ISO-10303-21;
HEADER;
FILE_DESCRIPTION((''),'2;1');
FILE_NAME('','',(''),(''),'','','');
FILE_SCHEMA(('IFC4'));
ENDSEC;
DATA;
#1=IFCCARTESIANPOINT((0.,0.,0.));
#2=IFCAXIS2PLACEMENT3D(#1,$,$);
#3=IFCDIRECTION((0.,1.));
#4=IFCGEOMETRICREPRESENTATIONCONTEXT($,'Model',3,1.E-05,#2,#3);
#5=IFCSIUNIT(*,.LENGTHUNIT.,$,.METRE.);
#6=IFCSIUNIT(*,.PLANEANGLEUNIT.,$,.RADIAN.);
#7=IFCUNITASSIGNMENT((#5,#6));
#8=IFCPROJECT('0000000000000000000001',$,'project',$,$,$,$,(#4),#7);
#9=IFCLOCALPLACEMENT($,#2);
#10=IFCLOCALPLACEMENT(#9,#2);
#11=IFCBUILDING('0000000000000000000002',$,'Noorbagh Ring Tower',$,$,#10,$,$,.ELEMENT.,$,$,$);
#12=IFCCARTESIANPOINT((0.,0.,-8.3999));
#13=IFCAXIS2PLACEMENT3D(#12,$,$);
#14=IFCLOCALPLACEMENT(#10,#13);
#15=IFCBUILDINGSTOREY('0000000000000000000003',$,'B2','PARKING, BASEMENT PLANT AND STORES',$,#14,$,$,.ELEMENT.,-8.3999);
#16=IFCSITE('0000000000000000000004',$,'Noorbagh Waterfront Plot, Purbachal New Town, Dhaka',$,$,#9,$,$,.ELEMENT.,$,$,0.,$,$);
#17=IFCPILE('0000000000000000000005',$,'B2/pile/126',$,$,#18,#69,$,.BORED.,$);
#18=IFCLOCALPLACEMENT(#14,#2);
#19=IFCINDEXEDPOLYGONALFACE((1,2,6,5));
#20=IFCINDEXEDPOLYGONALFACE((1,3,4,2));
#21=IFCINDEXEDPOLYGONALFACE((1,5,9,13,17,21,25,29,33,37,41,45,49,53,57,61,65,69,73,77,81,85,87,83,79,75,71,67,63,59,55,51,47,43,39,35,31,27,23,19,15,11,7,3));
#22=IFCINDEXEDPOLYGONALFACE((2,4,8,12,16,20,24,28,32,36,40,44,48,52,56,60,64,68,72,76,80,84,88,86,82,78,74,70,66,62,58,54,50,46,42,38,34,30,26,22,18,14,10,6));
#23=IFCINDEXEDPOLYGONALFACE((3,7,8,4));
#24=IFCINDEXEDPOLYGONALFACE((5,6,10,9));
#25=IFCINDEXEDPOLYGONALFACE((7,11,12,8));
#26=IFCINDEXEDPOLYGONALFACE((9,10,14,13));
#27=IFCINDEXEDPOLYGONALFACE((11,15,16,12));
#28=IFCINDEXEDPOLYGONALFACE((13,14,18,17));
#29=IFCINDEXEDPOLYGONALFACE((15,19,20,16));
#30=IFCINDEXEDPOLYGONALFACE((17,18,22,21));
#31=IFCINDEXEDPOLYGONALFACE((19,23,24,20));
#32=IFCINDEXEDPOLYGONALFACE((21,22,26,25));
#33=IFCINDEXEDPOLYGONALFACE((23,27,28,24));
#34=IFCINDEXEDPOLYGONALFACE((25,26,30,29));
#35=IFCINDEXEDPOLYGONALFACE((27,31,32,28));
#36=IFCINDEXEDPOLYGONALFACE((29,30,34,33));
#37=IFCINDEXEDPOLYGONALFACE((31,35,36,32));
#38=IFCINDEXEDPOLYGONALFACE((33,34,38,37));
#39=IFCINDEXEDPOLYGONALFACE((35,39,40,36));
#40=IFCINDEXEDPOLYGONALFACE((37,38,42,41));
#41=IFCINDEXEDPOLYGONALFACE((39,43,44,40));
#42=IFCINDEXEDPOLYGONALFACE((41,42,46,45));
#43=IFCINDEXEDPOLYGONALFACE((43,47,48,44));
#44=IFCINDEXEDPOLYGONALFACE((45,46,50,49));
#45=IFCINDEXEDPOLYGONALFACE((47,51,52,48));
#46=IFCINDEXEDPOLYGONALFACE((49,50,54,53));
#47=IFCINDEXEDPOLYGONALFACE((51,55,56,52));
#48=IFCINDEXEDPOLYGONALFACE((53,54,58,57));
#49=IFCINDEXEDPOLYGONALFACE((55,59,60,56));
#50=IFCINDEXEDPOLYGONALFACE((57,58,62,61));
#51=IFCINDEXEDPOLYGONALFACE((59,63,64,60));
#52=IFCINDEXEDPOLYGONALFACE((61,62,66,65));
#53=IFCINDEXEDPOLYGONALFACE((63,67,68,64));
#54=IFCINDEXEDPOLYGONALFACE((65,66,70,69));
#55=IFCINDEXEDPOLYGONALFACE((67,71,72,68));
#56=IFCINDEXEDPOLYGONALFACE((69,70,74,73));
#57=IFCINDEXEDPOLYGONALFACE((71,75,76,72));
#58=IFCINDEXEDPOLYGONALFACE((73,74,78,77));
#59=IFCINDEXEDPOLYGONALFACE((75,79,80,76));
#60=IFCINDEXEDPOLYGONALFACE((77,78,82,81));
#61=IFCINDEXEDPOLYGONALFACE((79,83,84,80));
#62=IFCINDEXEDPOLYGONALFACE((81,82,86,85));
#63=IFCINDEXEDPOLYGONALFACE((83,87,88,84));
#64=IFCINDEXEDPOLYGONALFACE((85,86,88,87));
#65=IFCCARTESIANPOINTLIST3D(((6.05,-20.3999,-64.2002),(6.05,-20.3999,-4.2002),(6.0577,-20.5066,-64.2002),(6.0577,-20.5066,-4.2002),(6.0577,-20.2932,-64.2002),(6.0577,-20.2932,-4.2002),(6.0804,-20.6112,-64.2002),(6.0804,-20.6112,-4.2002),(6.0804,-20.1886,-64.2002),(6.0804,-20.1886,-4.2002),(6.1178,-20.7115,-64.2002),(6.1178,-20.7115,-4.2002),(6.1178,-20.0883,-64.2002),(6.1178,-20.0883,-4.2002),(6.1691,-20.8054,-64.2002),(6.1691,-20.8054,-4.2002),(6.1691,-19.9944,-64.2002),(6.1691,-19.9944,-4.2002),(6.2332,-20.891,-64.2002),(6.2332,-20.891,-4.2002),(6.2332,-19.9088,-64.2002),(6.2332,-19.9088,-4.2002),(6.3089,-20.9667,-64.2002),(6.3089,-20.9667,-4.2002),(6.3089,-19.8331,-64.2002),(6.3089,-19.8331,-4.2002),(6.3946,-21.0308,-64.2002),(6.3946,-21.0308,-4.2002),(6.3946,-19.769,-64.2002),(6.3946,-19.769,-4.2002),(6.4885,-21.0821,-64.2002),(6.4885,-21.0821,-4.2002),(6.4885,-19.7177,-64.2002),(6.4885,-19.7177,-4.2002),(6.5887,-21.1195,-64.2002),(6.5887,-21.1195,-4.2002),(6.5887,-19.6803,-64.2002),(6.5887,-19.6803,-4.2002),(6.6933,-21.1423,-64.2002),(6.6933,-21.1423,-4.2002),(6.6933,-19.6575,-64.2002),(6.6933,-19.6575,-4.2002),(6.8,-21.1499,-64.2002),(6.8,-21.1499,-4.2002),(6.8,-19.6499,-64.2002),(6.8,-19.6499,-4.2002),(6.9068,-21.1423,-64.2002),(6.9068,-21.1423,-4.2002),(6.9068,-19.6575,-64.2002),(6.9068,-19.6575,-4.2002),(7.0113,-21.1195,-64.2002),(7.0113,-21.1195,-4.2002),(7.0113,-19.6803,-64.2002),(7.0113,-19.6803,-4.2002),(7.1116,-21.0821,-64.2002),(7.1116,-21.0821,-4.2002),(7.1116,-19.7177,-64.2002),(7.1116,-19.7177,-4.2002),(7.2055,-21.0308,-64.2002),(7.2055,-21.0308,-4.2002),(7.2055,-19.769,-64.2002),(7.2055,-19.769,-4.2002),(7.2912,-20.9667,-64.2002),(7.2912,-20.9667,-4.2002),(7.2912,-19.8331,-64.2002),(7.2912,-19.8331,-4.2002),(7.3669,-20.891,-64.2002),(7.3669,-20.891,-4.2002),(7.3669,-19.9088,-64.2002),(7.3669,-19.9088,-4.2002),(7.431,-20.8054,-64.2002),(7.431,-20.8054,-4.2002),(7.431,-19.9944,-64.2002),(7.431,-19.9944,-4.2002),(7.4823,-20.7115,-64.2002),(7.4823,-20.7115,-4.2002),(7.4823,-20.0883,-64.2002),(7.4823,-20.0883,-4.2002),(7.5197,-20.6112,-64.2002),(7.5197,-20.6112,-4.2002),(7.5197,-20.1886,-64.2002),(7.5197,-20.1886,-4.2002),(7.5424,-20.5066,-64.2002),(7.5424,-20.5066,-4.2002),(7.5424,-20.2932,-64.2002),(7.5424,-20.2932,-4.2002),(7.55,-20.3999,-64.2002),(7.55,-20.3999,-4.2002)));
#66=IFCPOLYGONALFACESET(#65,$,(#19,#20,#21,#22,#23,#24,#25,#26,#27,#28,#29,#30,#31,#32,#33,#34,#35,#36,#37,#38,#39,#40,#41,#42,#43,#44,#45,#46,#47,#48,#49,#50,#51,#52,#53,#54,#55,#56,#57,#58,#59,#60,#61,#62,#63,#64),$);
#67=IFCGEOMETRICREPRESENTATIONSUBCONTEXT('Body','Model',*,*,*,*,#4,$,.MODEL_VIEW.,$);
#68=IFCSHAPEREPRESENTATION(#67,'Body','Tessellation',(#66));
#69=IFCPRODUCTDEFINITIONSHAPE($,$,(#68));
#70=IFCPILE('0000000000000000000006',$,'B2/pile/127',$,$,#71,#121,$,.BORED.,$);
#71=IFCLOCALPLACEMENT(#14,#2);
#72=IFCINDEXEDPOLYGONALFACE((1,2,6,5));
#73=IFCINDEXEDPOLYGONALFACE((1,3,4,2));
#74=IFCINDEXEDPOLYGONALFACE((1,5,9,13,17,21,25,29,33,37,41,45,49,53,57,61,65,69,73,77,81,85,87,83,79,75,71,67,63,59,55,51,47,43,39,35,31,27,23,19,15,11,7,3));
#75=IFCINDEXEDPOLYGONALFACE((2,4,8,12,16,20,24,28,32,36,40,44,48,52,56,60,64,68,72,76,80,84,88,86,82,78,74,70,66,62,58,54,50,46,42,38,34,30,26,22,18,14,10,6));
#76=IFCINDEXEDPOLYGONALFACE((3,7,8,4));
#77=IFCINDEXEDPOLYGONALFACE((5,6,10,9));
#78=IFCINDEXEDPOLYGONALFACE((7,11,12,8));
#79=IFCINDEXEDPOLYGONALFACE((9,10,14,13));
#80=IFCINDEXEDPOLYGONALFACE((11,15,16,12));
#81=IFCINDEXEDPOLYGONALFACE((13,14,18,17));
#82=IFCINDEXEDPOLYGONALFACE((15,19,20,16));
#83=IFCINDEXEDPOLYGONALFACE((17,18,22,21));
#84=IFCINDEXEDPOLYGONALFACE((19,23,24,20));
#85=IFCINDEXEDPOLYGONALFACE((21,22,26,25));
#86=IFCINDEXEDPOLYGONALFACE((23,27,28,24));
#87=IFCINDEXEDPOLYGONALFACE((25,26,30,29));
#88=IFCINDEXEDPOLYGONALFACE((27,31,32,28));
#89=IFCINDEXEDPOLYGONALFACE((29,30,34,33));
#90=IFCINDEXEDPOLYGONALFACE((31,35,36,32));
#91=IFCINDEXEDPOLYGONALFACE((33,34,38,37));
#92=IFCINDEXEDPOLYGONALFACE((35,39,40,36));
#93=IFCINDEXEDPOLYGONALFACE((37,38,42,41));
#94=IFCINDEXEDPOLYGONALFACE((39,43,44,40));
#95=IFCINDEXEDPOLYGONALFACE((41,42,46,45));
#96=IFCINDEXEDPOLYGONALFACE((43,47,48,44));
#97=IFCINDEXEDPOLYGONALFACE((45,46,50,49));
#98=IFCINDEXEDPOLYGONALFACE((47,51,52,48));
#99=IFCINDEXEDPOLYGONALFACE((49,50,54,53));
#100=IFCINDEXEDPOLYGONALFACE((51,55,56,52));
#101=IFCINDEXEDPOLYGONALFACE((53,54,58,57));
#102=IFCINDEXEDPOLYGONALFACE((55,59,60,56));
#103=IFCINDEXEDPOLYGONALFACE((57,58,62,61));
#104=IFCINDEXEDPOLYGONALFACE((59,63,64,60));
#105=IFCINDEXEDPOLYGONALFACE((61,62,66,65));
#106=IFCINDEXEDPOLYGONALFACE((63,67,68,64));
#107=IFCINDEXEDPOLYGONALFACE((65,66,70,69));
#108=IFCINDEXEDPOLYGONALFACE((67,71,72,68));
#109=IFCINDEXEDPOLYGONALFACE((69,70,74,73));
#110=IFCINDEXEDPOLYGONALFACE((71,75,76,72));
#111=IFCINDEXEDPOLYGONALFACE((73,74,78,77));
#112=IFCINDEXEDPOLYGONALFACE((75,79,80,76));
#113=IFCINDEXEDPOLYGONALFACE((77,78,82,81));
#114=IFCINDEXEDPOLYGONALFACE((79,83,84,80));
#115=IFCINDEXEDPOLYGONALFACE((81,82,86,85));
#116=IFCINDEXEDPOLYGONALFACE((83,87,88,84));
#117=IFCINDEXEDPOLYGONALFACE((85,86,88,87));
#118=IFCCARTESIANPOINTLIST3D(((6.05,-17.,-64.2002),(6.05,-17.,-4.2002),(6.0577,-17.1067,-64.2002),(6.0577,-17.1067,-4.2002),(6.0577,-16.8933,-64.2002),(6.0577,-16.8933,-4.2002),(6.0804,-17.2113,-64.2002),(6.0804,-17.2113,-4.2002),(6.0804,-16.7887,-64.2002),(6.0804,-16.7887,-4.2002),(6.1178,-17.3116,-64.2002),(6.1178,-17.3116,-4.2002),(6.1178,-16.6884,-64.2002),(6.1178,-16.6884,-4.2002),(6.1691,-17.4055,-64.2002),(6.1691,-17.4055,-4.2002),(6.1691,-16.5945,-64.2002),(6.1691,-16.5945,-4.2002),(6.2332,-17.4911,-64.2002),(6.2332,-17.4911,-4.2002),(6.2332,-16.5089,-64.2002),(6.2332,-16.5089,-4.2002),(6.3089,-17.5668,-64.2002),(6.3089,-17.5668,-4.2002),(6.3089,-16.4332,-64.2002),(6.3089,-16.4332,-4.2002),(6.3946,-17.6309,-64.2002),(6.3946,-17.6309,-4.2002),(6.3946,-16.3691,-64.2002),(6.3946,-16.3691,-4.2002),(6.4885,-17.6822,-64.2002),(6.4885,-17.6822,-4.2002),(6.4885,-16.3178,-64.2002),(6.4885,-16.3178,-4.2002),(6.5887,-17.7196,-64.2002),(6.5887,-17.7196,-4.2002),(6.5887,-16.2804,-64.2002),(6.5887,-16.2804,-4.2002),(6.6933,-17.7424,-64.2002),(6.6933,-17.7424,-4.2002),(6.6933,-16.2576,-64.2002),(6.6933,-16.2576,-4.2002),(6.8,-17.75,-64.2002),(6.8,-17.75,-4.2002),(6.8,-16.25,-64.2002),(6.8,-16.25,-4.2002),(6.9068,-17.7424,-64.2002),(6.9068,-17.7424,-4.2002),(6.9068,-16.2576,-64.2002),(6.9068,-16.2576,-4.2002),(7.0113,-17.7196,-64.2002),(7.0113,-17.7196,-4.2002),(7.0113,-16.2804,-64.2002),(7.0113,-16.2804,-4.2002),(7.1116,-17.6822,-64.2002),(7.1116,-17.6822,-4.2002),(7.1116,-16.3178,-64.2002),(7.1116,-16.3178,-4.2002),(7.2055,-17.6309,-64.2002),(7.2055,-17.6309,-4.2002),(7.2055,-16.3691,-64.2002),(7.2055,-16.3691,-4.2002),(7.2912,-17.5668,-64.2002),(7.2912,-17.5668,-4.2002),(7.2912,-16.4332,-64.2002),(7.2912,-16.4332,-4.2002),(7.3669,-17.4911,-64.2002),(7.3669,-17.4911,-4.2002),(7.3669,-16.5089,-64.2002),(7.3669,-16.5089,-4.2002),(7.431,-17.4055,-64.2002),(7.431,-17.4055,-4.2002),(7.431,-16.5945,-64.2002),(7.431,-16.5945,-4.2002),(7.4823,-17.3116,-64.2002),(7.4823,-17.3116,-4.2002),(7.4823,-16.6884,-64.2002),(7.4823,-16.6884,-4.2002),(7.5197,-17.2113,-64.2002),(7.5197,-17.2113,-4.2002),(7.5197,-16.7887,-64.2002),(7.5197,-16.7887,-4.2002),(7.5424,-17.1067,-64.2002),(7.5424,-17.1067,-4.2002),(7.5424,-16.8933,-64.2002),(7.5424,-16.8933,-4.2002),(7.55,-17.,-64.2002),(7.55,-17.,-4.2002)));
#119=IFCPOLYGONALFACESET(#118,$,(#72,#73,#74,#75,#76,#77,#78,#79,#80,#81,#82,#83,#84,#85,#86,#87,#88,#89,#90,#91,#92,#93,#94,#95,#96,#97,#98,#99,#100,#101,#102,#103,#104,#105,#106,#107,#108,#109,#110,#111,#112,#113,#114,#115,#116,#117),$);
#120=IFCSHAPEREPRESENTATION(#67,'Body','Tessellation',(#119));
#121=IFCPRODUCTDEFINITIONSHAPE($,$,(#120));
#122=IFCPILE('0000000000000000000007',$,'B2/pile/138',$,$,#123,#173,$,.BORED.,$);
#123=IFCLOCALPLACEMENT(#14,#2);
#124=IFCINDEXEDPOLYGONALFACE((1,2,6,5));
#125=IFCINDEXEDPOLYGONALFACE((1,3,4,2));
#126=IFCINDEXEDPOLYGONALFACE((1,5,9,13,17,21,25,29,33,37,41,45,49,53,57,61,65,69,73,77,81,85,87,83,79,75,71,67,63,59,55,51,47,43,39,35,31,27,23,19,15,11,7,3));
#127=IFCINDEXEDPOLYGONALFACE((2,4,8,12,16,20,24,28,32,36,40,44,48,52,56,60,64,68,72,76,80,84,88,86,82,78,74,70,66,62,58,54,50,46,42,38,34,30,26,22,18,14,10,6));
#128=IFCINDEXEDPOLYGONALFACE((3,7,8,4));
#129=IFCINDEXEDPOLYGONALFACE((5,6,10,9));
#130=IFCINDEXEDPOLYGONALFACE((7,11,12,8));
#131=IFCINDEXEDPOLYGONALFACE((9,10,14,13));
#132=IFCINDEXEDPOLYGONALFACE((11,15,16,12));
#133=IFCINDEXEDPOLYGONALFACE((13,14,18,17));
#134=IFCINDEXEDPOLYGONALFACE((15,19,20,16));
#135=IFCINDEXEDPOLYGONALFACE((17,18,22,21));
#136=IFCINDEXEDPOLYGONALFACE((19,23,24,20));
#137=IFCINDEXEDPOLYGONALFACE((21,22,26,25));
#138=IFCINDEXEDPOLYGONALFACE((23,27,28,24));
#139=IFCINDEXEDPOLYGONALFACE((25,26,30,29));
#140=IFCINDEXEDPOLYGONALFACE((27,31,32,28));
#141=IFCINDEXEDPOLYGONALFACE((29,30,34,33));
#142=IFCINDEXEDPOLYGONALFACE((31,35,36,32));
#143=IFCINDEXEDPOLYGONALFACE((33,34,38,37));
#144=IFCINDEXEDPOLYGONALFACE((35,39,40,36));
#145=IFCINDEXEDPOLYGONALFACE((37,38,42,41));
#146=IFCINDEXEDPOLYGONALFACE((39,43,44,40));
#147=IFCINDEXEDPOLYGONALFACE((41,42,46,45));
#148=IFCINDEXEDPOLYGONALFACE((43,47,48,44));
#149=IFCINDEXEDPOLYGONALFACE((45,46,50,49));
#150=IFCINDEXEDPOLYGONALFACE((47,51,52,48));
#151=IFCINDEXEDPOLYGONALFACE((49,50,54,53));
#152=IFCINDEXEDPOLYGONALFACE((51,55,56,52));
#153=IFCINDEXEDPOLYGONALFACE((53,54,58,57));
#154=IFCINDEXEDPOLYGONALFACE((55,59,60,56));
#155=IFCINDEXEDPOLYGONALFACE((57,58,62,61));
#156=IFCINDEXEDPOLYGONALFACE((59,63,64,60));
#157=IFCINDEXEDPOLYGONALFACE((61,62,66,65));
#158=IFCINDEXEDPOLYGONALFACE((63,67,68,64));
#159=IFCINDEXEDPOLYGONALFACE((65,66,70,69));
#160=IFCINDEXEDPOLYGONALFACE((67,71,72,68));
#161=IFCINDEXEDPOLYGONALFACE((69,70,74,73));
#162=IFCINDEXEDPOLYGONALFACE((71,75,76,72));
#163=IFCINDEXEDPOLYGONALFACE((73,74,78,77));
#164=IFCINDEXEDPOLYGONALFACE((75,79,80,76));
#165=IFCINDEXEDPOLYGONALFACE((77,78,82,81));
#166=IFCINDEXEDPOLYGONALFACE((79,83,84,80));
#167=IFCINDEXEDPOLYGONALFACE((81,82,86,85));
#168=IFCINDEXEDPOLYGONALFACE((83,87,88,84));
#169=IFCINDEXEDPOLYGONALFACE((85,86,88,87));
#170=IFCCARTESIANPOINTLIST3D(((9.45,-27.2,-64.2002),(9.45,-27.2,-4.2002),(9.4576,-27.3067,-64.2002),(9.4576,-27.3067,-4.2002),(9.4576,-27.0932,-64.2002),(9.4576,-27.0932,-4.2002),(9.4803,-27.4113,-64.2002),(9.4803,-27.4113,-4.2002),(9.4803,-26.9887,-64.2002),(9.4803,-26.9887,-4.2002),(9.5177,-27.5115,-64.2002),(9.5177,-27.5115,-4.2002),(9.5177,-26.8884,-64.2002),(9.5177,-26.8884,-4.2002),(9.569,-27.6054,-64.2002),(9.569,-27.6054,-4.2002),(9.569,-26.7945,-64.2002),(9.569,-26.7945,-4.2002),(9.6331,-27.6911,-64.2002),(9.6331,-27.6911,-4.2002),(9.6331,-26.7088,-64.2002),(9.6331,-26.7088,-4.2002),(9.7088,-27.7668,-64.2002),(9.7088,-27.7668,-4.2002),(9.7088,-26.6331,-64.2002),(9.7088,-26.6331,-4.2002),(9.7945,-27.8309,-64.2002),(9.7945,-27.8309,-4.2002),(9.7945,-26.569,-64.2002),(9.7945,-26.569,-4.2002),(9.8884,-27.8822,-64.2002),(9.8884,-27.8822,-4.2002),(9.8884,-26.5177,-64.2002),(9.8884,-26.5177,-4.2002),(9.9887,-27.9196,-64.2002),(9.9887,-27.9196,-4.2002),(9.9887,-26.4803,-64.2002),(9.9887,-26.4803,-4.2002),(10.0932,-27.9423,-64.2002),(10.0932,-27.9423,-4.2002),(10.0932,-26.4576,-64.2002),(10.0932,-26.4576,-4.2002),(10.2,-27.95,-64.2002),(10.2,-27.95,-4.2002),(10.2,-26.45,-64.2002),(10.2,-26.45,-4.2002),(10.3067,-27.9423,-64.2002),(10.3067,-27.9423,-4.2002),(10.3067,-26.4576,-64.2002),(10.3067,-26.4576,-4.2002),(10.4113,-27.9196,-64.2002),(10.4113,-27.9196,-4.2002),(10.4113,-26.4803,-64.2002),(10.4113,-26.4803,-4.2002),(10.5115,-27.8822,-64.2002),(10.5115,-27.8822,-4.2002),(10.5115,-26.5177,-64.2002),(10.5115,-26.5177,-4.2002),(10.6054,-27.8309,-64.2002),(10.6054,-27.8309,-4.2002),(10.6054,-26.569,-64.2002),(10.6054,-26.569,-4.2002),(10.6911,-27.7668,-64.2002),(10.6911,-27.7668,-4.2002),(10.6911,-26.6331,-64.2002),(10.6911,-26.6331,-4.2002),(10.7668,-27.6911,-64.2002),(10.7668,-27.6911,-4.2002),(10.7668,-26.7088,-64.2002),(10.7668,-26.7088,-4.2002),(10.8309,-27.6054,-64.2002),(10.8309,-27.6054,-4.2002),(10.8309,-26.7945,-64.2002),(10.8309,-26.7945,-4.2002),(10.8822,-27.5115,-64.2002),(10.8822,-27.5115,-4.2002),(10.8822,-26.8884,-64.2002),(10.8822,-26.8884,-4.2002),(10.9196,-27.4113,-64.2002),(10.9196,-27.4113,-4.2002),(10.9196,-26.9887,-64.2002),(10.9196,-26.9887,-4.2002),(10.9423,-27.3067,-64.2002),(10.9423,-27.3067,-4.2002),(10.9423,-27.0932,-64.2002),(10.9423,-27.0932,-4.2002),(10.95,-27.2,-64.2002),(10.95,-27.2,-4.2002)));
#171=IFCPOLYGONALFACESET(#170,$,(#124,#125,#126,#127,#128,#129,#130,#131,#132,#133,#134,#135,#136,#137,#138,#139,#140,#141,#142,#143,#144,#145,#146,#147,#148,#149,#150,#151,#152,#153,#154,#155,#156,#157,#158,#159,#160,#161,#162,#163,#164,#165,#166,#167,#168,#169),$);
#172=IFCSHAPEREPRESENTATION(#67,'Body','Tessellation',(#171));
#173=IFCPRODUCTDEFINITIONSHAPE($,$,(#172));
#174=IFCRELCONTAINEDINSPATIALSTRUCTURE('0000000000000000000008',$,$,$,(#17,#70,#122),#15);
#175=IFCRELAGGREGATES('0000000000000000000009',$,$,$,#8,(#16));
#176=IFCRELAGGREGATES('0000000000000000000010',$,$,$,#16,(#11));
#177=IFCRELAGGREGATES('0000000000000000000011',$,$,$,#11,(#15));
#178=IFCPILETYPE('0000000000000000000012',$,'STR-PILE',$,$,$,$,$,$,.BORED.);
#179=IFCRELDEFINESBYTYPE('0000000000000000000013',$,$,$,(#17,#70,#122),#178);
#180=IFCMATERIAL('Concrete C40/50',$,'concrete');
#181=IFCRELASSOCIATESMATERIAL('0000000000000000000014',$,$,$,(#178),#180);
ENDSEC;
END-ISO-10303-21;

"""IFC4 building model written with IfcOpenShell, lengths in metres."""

from ifc_helpers import new_model, si_unit, direction, frame, origin, origin_2d, place, context, subcontext, project, spatial, circle, extrude, material, material_profile, profile_set, type_object, element, save


model = new_model("IFC4")

# Units and contexts
model_context = context("Model", 3, precision=1e-05, world=origin(), true_north=direction((0.0, 1.0)))
body_context = subcontext(model_context, "Body", "Model", "MODEL_VIEW")
ifc_project = project(units=[si_unit("LENGTHUNIT", "METRE"), si_unit("PLANEANGLEUNIT", "RADIAN")], contexts=[model_context])

# Site, building, storey
site_placement = place(None, origin())
site = spatial("IfcSite", under=ifc_project, at=site_placement, Name="Noorbagh Waterfront Plot, Purbachal New Town, Dhaka", CompositionType="ELEMENT", RefElevation=0.0)
building_placement = place(site_placement, origin())
building = spatial("IfcBuilding", under=site, at=building_placement, Name="Noorbagh Ring Tower", CompositionType="ELEMENT")
storey_placement = place(building_placement, frame((0.0, 0.0, -8.3999)))
storey = spatial("IfcBuildingStorey", under=building, at=storey_placement, Name="B2", Description="PARKING, BASEMENT PLANT AND STORES", CompositionType="ELEMENT", Elevation=-8.3999)

# Piles
ifc_material_1 = material(Name="Concrete C40/50", Category="concrete")
ifc_material_profile_1 = material_profile(ifc_material_1, circle(Radius=0.75, at=origin_2d()), Name="PILE1500")
ifc_profile_set_1 = profile_set([ifc_material_profile_1], Name="Concrete C40/50")
pile_type = type_object("IfcPileType", Name="STR-PILE", PredefinedType="BORED", material=ifc_profile_set_1)
for number, where, z_axis, x_axis, name in (
    (1, (6.8, -20.3999, -4.2002), (0.0, 0.0, -1.0), (1.0, 0.0, 0.0), "B2/pile/126"),
    (2, (6.8, -17.0, -4.2002), (0.0, 0.0, -1.0), (1.0, 0.0, 0.0), "B2/pile/127"),
    (3, (10.2, -27.2, -4.2002), (0.0, 0.0, -1.0), (1.0, 0.0, 0.0), "B2/pile/138"),
):
    element("IfcPile", number, at=place(storey_placement, frame(where, z_axis=z_axis, x_axis=x_axis)), inside=storey, type_object=pile_type, Name=name, PredefinedType="BORED", context=body_context, shape_type="SweptSolid", body=[
        extrude(circle(Radius=0.75, at=origin_2d()), origin(), (0.0, 0.0, 1.0), 60.0),
    ])

save(model, "model.ifc")
